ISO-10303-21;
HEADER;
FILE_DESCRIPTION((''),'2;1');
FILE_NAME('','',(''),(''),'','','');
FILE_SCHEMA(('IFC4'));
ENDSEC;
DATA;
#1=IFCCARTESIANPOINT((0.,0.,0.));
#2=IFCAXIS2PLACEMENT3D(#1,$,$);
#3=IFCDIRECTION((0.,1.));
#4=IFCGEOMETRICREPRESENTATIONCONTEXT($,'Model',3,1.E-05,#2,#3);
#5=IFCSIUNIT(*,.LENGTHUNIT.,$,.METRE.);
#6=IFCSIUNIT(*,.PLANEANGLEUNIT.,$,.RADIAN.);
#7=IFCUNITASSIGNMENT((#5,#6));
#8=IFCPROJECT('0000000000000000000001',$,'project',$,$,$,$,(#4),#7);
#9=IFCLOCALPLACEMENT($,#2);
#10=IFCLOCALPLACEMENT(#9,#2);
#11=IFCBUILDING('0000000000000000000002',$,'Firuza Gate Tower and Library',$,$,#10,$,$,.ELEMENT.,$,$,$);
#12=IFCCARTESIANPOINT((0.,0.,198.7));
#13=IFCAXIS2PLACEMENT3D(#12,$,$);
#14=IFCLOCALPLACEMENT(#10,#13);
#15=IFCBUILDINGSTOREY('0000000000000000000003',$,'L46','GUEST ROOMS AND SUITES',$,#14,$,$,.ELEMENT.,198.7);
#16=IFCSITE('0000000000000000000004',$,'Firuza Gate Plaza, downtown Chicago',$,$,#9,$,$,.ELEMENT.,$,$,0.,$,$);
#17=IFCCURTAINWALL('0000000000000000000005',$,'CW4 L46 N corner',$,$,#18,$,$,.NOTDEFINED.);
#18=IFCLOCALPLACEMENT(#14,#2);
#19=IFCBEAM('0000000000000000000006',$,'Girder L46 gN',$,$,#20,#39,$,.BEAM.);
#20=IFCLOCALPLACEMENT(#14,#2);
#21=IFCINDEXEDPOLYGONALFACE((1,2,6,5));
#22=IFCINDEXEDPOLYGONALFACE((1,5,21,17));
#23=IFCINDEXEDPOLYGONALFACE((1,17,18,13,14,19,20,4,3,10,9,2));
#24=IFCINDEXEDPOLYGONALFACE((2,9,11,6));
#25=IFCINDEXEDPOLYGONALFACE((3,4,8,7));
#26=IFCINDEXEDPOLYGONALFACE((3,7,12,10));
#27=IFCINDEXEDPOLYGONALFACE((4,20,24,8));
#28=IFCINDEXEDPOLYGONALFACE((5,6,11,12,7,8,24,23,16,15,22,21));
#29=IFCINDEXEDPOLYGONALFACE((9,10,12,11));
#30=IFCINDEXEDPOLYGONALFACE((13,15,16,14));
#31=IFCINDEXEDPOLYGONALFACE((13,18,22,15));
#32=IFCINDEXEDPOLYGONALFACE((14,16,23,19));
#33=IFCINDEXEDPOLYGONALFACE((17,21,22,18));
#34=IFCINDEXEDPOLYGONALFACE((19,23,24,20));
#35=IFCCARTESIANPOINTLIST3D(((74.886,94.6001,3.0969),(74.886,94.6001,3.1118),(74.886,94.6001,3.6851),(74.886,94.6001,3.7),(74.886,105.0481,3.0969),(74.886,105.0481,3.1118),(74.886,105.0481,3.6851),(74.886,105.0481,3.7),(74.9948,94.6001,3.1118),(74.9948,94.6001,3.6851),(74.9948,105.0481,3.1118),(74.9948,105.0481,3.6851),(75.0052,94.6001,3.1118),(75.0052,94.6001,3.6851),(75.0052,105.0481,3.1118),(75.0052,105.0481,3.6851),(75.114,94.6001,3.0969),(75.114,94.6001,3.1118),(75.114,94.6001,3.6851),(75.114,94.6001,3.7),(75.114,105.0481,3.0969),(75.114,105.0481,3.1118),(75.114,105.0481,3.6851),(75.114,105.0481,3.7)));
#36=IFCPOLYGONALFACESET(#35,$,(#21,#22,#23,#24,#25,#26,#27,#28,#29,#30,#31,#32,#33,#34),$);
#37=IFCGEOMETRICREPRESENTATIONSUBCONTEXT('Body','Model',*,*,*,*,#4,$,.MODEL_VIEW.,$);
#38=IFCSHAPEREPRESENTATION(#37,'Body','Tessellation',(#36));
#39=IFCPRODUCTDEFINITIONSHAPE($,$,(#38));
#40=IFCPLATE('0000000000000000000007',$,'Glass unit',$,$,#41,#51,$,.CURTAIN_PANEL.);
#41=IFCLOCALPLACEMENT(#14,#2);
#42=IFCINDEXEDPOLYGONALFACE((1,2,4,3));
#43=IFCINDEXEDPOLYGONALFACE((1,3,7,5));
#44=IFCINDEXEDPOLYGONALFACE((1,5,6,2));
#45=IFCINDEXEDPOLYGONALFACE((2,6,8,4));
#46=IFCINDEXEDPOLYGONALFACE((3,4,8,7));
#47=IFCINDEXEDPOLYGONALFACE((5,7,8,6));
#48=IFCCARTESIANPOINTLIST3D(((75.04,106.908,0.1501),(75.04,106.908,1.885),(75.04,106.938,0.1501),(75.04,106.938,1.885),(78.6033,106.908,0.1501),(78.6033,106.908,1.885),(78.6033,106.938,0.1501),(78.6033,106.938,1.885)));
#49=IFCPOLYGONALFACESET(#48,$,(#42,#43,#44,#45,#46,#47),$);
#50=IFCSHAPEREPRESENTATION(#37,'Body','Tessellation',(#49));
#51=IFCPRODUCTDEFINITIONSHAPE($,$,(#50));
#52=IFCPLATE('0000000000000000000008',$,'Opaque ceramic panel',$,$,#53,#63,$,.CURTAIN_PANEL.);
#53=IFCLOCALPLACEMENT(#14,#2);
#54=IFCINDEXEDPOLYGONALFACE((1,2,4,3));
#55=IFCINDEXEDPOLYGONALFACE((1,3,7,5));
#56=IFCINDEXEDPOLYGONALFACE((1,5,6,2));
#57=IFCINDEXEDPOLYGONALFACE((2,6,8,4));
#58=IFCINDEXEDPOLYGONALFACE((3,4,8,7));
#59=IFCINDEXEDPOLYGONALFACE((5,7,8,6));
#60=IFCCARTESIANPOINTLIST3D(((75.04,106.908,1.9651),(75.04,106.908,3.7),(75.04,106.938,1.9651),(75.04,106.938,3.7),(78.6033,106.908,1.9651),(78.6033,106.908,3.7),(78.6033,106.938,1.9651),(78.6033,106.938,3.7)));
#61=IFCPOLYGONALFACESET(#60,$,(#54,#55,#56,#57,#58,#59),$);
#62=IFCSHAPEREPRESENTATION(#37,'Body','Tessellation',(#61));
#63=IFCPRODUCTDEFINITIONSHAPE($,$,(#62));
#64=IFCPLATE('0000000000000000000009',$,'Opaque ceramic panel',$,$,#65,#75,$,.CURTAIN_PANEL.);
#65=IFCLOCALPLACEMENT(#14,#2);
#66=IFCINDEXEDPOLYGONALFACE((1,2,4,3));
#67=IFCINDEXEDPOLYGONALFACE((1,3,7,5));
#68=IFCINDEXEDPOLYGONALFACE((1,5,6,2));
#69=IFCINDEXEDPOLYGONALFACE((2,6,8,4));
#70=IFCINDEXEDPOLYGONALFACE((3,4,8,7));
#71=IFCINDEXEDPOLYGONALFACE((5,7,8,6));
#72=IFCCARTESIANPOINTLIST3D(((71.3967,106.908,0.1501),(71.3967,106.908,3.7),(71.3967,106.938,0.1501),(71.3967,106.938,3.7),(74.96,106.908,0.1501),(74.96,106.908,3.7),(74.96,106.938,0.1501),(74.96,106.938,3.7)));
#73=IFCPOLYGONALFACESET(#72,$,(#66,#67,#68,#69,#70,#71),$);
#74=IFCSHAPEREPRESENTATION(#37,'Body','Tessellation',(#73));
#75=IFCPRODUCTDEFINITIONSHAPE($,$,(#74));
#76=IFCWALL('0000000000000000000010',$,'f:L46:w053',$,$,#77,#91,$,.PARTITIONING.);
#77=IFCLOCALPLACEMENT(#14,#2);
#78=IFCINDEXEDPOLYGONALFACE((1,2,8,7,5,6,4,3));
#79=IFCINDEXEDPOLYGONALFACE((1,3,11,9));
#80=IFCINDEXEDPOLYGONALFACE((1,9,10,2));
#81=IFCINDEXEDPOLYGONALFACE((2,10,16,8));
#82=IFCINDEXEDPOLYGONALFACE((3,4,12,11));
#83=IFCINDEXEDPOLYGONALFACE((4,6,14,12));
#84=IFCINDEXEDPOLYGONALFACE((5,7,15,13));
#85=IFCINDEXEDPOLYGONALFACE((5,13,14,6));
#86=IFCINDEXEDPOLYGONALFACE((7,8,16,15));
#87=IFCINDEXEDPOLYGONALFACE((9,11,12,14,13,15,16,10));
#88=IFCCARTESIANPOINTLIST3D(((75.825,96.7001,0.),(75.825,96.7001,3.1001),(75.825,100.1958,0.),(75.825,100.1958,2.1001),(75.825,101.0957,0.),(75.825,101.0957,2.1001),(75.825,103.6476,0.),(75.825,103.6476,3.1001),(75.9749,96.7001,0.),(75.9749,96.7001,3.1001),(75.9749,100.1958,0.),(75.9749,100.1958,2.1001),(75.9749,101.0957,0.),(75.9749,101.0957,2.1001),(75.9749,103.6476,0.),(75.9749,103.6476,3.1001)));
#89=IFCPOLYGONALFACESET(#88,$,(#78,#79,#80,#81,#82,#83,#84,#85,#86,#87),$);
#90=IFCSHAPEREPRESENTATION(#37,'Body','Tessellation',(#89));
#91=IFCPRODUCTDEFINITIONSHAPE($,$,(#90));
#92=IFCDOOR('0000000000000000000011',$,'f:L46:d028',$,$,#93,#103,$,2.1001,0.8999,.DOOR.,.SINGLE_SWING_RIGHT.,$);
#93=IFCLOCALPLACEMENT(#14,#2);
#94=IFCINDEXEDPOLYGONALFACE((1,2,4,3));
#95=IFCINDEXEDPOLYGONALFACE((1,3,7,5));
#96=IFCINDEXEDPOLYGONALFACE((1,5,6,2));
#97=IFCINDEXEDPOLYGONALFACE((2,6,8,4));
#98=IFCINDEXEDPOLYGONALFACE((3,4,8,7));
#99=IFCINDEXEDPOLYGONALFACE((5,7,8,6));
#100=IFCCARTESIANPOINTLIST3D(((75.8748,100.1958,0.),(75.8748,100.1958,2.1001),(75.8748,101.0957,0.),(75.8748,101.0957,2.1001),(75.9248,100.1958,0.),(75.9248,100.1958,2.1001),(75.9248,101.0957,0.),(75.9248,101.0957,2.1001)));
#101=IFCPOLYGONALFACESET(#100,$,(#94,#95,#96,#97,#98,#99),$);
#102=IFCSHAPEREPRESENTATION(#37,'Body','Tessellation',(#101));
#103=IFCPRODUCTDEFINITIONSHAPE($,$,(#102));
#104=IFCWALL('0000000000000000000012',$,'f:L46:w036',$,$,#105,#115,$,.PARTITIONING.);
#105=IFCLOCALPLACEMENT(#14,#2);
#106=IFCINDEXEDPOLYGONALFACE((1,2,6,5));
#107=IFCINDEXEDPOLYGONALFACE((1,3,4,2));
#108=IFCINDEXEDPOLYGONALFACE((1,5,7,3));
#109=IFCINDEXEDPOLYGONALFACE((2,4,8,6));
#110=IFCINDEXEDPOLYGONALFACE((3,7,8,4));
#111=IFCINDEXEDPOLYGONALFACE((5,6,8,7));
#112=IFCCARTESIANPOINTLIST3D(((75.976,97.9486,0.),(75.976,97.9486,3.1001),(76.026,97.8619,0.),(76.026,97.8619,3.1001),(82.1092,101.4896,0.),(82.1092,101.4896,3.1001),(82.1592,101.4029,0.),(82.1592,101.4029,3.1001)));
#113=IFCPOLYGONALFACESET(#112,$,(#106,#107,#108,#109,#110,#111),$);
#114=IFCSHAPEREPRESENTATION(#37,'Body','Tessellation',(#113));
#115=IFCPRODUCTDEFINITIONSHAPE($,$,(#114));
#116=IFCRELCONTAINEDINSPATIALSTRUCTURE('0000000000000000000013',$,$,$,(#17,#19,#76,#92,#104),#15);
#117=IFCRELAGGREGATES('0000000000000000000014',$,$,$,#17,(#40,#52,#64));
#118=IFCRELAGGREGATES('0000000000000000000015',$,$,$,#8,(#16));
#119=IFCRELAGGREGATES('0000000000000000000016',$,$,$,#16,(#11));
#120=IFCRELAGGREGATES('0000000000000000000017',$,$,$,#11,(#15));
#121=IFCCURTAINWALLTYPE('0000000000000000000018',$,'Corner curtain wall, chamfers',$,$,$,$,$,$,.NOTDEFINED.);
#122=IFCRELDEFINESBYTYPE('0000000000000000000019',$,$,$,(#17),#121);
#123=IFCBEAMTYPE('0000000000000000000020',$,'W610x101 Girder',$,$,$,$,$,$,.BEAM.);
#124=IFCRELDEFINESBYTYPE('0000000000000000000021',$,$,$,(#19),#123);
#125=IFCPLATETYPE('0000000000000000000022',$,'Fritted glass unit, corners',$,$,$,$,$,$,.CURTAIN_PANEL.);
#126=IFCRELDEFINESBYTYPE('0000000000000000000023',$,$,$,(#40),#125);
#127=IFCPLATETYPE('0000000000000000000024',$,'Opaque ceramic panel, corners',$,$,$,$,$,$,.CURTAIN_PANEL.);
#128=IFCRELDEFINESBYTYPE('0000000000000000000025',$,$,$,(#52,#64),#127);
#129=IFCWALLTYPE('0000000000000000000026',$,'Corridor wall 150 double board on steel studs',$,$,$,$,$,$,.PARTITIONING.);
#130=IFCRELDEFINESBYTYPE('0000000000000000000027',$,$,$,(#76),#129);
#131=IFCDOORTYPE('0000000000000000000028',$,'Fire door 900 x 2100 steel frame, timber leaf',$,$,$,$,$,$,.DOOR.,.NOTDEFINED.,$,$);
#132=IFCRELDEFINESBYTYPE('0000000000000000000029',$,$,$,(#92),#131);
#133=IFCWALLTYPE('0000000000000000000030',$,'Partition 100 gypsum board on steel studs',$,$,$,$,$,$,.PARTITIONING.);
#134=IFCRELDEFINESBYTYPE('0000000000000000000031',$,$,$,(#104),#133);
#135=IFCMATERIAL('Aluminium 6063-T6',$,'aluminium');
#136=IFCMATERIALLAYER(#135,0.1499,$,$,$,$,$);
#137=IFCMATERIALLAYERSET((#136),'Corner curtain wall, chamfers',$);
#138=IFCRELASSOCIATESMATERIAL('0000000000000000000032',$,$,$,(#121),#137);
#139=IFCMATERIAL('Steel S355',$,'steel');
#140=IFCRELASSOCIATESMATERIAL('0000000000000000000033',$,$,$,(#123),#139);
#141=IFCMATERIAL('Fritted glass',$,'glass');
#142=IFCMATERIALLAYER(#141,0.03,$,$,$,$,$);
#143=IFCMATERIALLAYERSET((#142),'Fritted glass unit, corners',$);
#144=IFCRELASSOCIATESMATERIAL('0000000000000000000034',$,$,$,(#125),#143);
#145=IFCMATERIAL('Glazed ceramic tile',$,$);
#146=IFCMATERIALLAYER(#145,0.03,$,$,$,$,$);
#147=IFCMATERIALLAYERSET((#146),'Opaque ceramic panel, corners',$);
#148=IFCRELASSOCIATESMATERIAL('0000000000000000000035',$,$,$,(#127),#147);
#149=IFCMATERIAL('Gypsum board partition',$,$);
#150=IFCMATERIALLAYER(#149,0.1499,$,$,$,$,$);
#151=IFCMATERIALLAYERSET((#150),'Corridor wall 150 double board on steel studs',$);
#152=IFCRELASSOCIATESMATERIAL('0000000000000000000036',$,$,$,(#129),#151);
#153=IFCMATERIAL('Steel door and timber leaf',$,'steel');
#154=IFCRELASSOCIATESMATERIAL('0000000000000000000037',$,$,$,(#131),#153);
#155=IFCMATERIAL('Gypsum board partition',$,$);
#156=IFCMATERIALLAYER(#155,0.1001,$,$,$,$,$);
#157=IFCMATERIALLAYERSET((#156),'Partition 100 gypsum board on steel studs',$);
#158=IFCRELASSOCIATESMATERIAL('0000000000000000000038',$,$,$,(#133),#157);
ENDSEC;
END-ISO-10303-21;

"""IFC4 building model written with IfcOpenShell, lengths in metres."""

from ifc_helpers import new_model, si_unit, direction, frame, frame_2d, origin, origin_2d, place, context, subcontext, project, spatial, polyline, rectangle, i_section, outline, extrude, material, layer, layer_set, material_profile, profile_set, type_object, element, fill, aggregate, save


model = new_model("IFC4")

# Units and contexts
model_context = context("Model", 3, precision=1e-05, world=origin(), true_north=direction((0.0, 1.0)))
body_context = subcontext(model_context, "Body", "Model", "MODEL_VIEW")
ifc_project = project(units=[si_unit("LENGTHUNIT", "METRE"), si_unit("PLANEANGLEUNIT", "RADIAN")], contexts=[model_context])

# Site, building, storey
site_placement = place(None, origin())
site = spatial("IfcSite", under=ifc_project, at=site_placement, Name="Firuza Gate Plaza, downtown Chicago", CompositionType="ELEMENT", RefElevation=0.0)
building_placement = place(site_placement, origin())
building = spatial("IfcBuilding", under=site, at=building_placement, Name="Firuza Gate Tower and Library", CompositionType="ELEMENT")
storey_placement = place(building_placement, frame((0.0, 0.0, 198.7)))
storey = spatial("IfcBuildingStorey", under=building, at=storey_placement, Name="L46", Description="GUEST ROOMS AND SUITES", CompositionType="ELEMENT", Elevation=198.7)

# Curtain wall
ifc_material_1 = material(Name="Aluminium 6063-T6", Category="aluminium")
ifc_layer_1 = layer(ifc_material_1, 0.1499)
ifc_layer_set_1 = layer_set([ifc_layer_1], Name="Corner curtain wall, chamfers")
curtain_wall_type = type_object("IfcCurtainWallType", Name="Corner curtain wall, chamfers", PredefinedType="NOTDEFINED", material=ifc_layer_set_1)
curtain_wall_placement = place(storey_placement, origin())
curtain_wall = element("IfcCurtainWall", 1, at=curtain_wall_placement, inside=storey, type_object=curtain_wall_type, Name="CW4 L46 N corner", PredefinedType="NOTDEFINED")

# Beam
ifc_material_2 = material(Name="Steel S355", Category="steel")
ifc_material_profile_1 = material_profile(ifc_material_2, i_section(OverallWidth=0.228, OverallDepth=0.603, WebThickness=0.0105, FlangeThickness=0.0149, at=origin_2d()))
ifc_profile_set_1 = profile_set([ifc_material_profile_1], Name="Steel S355")
beam_type_1 = type_object("IfcBeamType", Name="W610x101 Girder", PredefinedType="BEAM", material=ifc_profile_set_1)
beam_1_placement = place(storey_placement, frame((75.0, 105.0481, 3.3984), z_axis=(0.0, -1.0, 0.0), x_axis=(1.0, 0.0, 0.0)))
element("IfcBeam", 2, at=beam_1_placement, inside=storey, type_object=beam_type_1, Name="Girder L46 gN", PredefinedType="BEAM", context=body_context, shape_type="SweptSolid", body=[
    extrude(i_section(OverallWidth=0.228, OverallDepth=0.603, WebThickness=0.0105, FlangeThickness=0.0149, at=origin_2d()), origin(), (0.0, 0.0, 1.0), 10.448),
])

# Plates
ifc_material_3 = material(Name="Fritted glass", Category="glass")
ifc_layer_2 = layer(ifc_material_3, 0.03)
ifc_layer_set_2 = layer_set([ifc_layer_2], Name="Fritted glass unit, corners")
plate_type_1 = type_object("IfcPlateType", Name="Fritted glass unit, corners", PredefinedType="CURTAIN_PANEL", material=ifc_layer_set_2)
plate_1_placement = place(storey_placement, frame((78.6033, 106.938, 0.1501), z_axis=(0.0, 1.0, 0.0), x_axis=(-1.0, 0.0, 0.0)))
plate_1 = element("IfcPlate", 3, at=plate_1_placement, type_object=plate_type_1, Name="Glass unit", PredefinedType="CURTAIN_PANEL", context=body_context, shape_type="SweptSolid", body=[
    extrude(outline(polyline([(0.0, 0.0), (3.5632, 0.0), (3.5632, 1.7349), (0.0, 1.7349), (0.0, 0.0)])), origin(), (0.0, 0.0, -1.0), 0.03),
])
ifc_material_4 = material(Name="Glazed ceramic tile")
ifc_layer_3 = layer(ifc_material_4, 0.03)
ifc_layer_set_3 = layer_set([ifc_layer_3], Name="Opaque ceramic panel, corners")
plate_type_2 = type_object("IfcPlateType", Name="Opaque ceramic panel, corners", PredefinedType="CURTAIN_PANEL", material=ifc_layer_set_3)
plate_2_placement = place(storey_placement, frame((78.6033, 106.938, 1.9651), z_axis=(0.0, 1.0, 0.0), x_axis=(-1.0, 0.0, 0.0)))
plate_2 = element("IfcPlate", 4, at=plate_2_placement, type_object=plate_type_2, Name="Opaque ceramic panel", PredefinedType="CURTAIN_PANEL", context=body_context, shape_type="SweptSolid", body=[
    extrude(outline(polyline([(0.0, 0.0), (3.5632, 0.0), (3.5632, 1.7349), (0.0, 1.7349), (0.0, 0.0)])), origin(), (0.0, 0.0, -1.0), 0.03),
])
plate_3_placement = place(storey_placement, frame((74.96, 106.938, 0.1501), z_axis=(0.0, 1.0, 0.0), x_axis=(-1.0, 0.0, 0.0)))
plate_3 = element("IfcPlate", 5, at=plate_3_placement, type_object=plate_type_2, Name="Opaque ceramic panel", PredefinedType="CURTAIN_PANEL", context=body_context, shape_type="SweptSolid", body=[
    extrude(outline(polyline([(0.0, 0.0), (3.5632, 0.0), (3.5632, 3.5498), (0.0, 3.5498), (0.0, 0.0)])), origin(), (0.0, 0.0, -1.0), 0.03),
])
aggregate(curtain_wall, [plate_1, plate_2, plate_3])

# Wall, opening, door
ifc_material_5 = material(Name="Gypsum board partition")
ifc_layer_4 = layer(ifc_material_5, 0.1499)
ifc_layer_set_4 = layer_set([ifc_layer_4], Name="Corridor wall 150 double board on steel studs")
wall_type_1 = type_object("IfcWallType", Name="Corridor wall 150 double board on steel studs", PredefinedType="PARTITIONING", material=ifc_layer_set_4)
wall_1_placement = place(storey_placement, frame((75.8999, 103.6475, 0.0), z_axis=(0.0, 0.0, 1.0), x_axis=(0.0, -1.0, 0.0)))
wall_1 = element("IfcWall", 6, at=wall_1_placement, inside=storey, type_object=wall_type_1, Name="f:L46:w053", PredefinedType="PARTITIONING", context=body_context, shape_type="SweptSolid", body=[
    extrude(rectangle(XDim=6.9475, YDim=0.1499, at=frame_2d((3.4736, 0.0))), origin(), (0.0, 0.0, 1.0), 3.1001),
])
opening_placement = place(wall_1_placement, frame((2.5518, 0.0, 0.0)))
opening = element("IfcOpeningElement", 7, at=opening_placement, cuts=wall_1, PredefinedType="OPENING", context=body_context, shape_type="SweptSolid", body=[
    extrude(rectangle(XDim=0.8999, YDim=2.1001, at=frame_2d((0.45, 1.05))), frame((0.0, 0.085, 0.0), z_axis=(0.0, -1.0, 0.0), x_axis=(1.0, 0.0, 0.0)), (0.0, 0.0, 1.0), 0.1699),
])
ifc_material_6 = material(Name="Steel door and timber leaf", Category="steel")
door_type = type_object("IfcDoorType", Name="Fire door 900 x 2100 steel frame, timber leaf", OperationType="NOTDEFINED", PredefinedType="DOOR", material=ifc_material_6)
door_placement = place(opening_placement, origin())
door = element("IfcDoor", 8, at=door_placement, inside=storey, type_object=door_type, Name="f:L46:d028", OperationType="SINGLE_SWING_RIGHT", OverallHeight=2.1001, OverallWidth=0.8999, PredefinedType="DOOR", context=body_context, shape_type="SweptSolid", body=[
    extrude(rectangle(XDim=0.8999, YDim=2.1001, at=frame_2d((0.45, 1.05))), frame((0.0, 0.0249, 0.0), z_axis=(0.0, -1.0, 0.0), x_axis=(1.0, 0.0, 0.0)), (0.0, 0.0, 1.0), 0.05),
])
fill(opening, door)

# Wall
ifc_material_7 = material(Name="Gypsum board partition")
ifc_layer_5 = layer(ifc_material_7, 0.1001)
ifc_layer_set_5 = layer_set([ifc_layer_5], Name="Partition 100 gypsum board on steel studs")
wall_type_2 = type_object("IfcWallType", Name="Partition 100 gypsum board on steel studs", PredefinedType="PARTITIONING", material=ifc_layer_set_5)
wall_2_placement = place(storey_placement, frame((76.001, 97.9053, 0.0), z_axis=(0.0, 0.0, 1.0), x_axis=(0.866028, 0.499995, 0.0)))
element("IfcWall", 9, at=wall_2_placement, inside=storey, type_object=wall_type_2, Name="f:L46:w036", PredefinedType="PARTITIONING", context=body_context, shape_type="SweptSolid", body=[
    extrude(rectangle(XDim=7.082, YDim=0.1001, at=frame_2d((3.541, 0.0))), origin(), (0.0, 0.0, 1.0), 3.1001),
])

save(model, "model.ifc")
